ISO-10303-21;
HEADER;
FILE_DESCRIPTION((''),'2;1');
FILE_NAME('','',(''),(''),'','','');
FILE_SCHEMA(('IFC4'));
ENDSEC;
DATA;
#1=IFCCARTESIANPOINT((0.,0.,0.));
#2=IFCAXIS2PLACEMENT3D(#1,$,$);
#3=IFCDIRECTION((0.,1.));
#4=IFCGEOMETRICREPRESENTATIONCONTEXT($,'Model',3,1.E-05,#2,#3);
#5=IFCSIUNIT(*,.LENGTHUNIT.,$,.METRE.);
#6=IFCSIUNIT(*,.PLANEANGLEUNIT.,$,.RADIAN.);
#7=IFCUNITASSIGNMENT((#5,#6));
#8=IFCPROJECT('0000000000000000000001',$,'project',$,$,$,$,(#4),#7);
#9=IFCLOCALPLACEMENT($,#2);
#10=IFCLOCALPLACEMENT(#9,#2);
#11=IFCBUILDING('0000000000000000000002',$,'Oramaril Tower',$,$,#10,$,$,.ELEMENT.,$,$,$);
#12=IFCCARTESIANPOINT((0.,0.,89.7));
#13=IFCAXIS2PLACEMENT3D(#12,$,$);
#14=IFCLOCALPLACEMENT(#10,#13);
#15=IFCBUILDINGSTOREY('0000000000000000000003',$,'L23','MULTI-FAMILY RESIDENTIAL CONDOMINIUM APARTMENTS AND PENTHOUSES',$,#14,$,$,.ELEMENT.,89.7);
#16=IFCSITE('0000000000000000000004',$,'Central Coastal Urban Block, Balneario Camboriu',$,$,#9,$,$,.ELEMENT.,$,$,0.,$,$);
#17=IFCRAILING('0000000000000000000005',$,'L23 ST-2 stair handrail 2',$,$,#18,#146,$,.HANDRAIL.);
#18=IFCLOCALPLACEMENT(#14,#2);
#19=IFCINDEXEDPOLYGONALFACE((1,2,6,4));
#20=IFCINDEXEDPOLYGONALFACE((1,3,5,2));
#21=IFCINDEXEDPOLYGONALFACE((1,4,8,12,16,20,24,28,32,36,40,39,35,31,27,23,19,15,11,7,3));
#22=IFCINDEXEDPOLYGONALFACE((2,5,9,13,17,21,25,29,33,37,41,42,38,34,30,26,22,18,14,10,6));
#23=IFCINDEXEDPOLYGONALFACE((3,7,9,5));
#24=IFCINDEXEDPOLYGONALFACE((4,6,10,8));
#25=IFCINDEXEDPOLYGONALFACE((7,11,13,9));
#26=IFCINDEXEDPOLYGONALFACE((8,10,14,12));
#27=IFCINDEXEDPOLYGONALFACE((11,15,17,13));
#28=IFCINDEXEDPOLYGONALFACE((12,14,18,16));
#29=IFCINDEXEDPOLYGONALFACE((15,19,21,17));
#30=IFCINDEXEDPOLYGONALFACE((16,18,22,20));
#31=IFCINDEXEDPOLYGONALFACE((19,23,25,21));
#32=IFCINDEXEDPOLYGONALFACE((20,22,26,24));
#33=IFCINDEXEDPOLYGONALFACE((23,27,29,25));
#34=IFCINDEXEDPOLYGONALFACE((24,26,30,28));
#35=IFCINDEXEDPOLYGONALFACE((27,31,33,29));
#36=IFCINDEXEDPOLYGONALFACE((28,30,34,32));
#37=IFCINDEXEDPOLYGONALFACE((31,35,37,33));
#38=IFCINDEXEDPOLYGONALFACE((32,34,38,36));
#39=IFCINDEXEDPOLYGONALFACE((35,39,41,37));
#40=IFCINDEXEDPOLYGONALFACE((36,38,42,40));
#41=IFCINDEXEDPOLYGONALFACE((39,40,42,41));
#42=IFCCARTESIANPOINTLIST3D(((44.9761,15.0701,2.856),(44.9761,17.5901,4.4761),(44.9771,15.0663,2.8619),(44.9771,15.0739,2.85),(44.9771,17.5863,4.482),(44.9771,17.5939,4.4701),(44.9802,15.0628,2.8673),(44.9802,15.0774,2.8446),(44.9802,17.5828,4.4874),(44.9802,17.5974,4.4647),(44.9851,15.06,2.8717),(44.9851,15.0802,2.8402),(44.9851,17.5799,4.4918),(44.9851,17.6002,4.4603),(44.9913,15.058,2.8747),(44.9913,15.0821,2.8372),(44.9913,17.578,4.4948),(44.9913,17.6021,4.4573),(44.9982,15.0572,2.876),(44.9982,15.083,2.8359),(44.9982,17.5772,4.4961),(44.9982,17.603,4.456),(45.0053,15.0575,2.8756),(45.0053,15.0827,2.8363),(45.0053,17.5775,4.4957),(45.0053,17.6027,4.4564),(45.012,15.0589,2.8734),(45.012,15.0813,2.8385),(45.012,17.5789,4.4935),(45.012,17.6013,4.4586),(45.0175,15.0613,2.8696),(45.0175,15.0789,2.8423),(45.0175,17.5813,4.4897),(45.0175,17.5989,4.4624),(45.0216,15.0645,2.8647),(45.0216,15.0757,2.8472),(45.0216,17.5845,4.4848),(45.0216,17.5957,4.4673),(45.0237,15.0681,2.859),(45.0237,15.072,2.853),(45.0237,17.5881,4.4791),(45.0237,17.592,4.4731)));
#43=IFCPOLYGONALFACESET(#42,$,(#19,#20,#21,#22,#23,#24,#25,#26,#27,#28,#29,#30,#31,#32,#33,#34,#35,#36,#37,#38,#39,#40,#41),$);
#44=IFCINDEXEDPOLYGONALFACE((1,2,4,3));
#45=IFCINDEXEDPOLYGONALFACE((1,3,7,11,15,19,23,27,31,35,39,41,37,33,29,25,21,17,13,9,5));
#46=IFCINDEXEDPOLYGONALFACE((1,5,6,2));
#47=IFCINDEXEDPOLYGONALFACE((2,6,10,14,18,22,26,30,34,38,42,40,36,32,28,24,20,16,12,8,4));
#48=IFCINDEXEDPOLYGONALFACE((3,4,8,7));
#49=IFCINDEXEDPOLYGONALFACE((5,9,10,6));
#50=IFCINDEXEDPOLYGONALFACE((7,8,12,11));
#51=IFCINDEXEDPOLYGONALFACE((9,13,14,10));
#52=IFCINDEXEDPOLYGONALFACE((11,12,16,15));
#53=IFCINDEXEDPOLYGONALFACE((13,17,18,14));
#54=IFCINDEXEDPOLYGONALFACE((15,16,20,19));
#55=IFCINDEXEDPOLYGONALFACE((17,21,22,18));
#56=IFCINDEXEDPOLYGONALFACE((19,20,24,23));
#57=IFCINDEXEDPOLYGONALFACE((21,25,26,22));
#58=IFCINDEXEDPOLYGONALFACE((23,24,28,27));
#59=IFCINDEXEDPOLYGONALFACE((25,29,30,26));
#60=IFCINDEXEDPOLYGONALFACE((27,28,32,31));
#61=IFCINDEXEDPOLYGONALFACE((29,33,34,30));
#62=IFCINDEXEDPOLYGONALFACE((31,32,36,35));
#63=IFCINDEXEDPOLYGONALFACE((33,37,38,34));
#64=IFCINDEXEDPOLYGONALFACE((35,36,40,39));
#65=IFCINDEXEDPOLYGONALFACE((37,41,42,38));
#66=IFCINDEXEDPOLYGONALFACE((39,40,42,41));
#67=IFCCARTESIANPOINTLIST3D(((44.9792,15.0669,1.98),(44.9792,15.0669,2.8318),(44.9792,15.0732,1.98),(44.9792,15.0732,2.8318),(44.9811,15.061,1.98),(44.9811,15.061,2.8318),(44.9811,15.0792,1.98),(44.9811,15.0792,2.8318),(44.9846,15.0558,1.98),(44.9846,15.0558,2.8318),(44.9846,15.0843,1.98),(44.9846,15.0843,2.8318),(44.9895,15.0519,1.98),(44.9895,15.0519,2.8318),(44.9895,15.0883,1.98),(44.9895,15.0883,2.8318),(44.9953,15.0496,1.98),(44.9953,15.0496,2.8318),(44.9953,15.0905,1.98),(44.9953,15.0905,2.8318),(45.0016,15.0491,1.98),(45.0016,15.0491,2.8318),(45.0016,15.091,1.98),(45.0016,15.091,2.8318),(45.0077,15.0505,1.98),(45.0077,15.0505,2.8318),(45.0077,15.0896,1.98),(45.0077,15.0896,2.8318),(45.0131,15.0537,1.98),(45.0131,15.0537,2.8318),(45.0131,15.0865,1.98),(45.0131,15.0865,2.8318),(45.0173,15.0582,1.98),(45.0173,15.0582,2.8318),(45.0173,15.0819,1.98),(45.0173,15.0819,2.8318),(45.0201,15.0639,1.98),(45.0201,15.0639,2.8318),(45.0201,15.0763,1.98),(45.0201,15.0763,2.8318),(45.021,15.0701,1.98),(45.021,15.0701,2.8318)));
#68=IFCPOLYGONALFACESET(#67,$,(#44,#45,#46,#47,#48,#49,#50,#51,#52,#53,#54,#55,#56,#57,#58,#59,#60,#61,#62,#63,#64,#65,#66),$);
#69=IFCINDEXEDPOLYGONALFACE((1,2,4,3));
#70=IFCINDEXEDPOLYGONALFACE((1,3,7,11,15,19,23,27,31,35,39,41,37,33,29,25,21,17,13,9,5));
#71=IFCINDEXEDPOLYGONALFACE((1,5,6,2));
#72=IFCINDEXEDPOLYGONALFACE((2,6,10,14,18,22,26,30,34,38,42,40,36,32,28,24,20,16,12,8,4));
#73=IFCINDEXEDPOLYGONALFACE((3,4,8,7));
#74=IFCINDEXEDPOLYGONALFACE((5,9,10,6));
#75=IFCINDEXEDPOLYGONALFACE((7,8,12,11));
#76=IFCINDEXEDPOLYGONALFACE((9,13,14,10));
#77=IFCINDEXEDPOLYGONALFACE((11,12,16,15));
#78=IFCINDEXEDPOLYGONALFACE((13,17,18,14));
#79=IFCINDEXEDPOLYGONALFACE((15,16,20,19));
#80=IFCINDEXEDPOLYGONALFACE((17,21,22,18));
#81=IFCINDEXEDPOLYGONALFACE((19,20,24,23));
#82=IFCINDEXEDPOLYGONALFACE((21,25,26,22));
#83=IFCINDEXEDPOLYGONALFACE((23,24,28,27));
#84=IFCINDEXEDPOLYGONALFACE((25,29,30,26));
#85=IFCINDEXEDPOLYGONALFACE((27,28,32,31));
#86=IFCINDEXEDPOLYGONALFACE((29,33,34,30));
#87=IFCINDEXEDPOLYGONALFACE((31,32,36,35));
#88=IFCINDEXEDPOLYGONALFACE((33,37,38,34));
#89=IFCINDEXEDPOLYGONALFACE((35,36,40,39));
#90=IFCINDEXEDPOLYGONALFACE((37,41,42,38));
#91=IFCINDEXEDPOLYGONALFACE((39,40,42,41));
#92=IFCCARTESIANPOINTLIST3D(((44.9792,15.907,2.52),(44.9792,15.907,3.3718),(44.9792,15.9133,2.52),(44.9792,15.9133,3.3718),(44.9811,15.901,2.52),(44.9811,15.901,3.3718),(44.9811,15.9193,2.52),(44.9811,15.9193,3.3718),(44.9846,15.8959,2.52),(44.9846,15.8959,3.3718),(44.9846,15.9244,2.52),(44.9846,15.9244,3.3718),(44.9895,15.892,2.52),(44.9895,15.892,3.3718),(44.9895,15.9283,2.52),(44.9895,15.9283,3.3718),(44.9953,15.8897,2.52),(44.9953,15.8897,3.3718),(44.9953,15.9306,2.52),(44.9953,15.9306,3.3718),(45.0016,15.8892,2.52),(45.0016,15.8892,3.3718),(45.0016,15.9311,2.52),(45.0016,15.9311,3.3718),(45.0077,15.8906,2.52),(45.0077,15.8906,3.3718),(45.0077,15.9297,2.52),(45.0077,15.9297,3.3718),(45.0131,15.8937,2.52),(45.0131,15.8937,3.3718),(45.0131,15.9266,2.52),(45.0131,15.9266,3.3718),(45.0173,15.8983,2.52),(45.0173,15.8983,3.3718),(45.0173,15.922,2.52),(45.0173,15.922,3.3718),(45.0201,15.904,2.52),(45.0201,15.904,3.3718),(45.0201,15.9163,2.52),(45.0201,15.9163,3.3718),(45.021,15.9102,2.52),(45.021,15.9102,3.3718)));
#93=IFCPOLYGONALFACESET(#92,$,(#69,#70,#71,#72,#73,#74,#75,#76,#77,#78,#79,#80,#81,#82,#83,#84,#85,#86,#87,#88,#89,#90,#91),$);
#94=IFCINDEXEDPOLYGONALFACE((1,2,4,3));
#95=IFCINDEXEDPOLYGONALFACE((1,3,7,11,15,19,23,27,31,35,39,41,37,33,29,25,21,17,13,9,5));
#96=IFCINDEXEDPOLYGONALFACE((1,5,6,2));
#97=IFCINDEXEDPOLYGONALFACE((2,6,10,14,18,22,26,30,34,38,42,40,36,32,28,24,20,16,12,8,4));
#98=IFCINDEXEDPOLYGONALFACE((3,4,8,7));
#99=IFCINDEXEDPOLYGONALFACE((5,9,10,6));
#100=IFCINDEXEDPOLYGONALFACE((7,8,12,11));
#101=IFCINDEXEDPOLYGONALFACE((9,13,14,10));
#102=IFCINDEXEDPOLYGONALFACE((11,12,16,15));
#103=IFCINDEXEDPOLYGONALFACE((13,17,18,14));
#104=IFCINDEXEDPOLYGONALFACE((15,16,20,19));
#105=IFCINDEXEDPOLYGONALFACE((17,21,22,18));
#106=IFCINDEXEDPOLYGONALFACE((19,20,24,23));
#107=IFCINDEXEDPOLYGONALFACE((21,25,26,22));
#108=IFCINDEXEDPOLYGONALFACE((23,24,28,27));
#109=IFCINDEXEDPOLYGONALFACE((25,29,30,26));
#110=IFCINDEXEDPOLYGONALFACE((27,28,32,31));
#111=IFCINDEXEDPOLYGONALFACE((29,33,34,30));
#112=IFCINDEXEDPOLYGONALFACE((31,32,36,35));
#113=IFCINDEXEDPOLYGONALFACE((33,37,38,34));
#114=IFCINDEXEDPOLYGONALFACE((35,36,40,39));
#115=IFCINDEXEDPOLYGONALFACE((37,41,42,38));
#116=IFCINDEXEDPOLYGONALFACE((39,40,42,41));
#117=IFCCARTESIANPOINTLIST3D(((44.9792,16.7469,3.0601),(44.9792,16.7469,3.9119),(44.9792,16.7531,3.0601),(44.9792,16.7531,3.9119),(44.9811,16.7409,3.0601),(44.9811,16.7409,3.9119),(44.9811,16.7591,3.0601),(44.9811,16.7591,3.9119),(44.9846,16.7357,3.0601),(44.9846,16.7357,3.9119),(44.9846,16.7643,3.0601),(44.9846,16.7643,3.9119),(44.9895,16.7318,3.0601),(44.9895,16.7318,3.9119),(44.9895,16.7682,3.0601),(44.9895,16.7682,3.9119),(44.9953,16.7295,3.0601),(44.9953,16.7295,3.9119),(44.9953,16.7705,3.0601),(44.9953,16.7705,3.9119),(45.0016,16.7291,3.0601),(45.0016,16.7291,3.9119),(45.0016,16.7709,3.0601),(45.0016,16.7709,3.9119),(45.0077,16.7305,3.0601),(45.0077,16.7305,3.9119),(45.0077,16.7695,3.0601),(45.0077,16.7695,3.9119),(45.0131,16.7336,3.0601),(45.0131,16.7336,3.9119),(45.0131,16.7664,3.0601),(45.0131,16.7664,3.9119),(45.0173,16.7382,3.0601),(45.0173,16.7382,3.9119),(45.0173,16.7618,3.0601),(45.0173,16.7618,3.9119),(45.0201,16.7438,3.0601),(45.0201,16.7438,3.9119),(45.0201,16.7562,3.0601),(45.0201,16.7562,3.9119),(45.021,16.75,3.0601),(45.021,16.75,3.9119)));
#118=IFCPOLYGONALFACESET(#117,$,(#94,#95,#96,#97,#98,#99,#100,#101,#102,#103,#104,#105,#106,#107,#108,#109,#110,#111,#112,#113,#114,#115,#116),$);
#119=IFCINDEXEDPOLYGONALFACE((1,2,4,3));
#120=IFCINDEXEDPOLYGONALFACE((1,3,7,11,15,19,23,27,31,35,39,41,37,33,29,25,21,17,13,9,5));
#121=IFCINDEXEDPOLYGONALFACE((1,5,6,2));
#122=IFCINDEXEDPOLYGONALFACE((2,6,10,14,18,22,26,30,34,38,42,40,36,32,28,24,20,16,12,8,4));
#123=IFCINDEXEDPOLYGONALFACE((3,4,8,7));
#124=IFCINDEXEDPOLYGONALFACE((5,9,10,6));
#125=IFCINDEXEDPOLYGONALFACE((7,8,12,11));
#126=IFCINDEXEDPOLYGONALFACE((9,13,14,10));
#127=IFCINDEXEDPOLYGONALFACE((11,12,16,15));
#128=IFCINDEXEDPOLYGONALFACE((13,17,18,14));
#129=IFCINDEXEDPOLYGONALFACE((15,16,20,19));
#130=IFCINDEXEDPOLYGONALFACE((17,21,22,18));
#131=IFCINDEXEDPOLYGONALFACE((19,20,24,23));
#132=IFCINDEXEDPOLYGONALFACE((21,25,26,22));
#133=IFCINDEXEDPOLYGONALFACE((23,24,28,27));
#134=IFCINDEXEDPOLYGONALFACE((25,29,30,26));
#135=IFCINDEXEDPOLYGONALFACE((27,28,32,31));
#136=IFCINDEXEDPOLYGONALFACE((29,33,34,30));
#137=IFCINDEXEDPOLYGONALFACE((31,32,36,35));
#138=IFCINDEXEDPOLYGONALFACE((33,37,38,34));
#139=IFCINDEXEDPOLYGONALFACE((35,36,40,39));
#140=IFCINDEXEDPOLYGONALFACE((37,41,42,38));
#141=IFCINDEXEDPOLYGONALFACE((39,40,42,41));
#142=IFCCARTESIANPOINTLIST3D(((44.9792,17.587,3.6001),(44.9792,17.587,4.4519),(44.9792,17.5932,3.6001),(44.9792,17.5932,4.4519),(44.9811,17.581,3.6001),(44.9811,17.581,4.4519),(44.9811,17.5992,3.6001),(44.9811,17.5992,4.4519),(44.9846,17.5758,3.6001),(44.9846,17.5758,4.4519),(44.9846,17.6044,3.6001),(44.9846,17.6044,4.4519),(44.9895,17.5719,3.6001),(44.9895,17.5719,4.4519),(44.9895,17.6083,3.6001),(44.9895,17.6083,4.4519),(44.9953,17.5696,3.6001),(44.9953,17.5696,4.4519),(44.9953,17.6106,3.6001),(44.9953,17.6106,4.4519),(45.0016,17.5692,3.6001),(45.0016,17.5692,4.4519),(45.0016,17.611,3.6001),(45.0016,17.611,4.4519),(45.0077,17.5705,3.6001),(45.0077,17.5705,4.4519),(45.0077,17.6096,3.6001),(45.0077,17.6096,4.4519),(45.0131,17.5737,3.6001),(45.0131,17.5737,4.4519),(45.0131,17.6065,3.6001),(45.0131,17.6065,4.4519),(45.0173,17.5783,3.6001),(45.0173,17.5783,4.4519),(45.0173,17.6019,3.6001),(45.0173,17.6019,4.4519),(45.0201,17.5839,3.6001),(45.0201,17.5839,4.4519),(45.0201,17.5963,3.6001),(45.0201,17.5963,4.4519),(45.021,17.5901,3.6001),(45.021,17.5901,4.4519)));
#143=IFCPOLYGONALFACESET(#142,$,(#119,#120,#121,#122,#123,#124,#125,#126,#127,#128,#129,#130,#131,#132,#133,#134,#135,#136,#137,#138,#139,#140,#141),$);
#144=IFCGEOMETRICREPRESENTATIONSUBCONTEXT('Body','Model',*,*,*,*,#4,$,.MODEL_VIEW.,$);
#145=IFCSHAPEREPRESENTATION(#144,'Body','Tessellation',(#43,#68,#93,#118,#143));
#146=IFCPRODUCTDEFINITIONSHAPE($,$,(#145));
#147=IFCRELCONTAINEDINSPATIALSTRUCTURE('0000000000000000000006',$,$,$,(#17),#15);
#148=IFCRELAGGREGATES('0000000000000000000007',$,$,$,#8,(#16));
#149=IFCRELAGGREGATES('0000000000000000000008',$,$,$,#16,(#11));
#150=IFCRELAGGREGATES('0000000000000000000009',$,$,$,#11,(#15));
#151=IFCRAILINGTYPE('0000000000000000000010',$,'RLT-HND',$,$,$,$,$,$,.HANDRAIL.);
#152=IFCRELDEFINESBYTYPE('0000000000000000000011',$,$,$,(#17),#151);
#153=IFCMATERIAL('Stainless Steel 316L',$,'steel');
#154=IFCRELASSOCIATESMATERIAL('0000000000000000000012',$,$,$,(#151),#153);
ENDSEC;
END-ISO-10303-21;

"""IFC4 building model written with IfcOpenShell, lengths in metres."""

from ifc_helpers import new_model, si_unit, direction, frame, origin, origin_2d, place, context, subcontext, project, spatial, circle, extrude, material, type_object, element, save


model = new_model("IFC4")

# Units and contexts
model_context = context("Model", 3, precision=1e-05, world=origin(), true_north=direction((0.0, 1.0)))
body_context = subcontext(model_context, "Body", "Model", "MODEL_VIEW")
ifc_project = project(units=[si_unit("LENGTHUNIT", "METRE"), si_unit("PLANEANGLEUNIT", "RADIAN")], contexts=[model_context])

# Site, building, storey
site_placement = place(None, origin())
site = spatial("IfcSite", under=ifc_project, at=site_placement, Name="Central Coastal Urban Block, Balneario Camboriu", CompositionType="ELEMENT", RefElevation=0.0)
building_placement = place(site_placement, origin())
building = spatial("IfcBuilding", under=site, at=building_placement, Name="Oramaril Tower", CompositionType="ELEMENT")
storey_placement = place(building_placement, frame((0.0, 0.0, 89.7)))
storey = spatial("IfcBuildingStorey", under=building, at=storey_placement, Name="L23", Description="MULTI-FAMILY RESIDENTIAL CONDOMINIUM APARTMENTS AND PENTHOUSES", CompositionType="ELEMENT", Elevation=89.7)

# Railing
ifc_material_1 = material(Name="Stainless Steel 316L", Category="steel")
railing_type_1 = type_object("IfcRailingType", Name="RLT-HND", PredefinedType="HANDRAIL", material=ifc_material_1)
railing_1_placement = place(storey_placement, frame((45.0, 15.0701, 1.98)))
element("IfcRailing", 1, at=railing_1_placement, inside=storey, type_object=railing_type_1, Name="L23 ST-2 stair handrail 2", PredefinedType="HANDRAIL", context=body_context, shape_type="SweptSolid", body=[
    extrude(circle(Radius=0.0239, at=origin_2d()), frame((0.0, 0.0, 0.876), z_axis=(0.0, 0.841163, 0.540782), x_axis=(-1.0, 0.0, 0.0)), (0.0, 0.0, 1.0), 2.9958),
    extrude(circle(Radius=0.021, at=origin_2d()), origin(), (0.0, 0.0, 1.0), 0.8518),
    extrude(circle(Radius=0.021, at=origin_2d()), frame((0.0, 0.8401, 0.54)), (0.0, 0.0, 1.0), 0.8518),
    extrude(circle(Radius=0.021, at=origin_2d()), frame((0.0, 1.6799, 1.0801)), (0.0, 0.0, 1.0), 0.8518),
    extrude(circle(Radius=0.021, at=origin_2d()), frame((0.0, 2.52, 1.6201)), (0.0, 0.0, 1.0), 0.8518),
])

save(model, "model.ifc")
